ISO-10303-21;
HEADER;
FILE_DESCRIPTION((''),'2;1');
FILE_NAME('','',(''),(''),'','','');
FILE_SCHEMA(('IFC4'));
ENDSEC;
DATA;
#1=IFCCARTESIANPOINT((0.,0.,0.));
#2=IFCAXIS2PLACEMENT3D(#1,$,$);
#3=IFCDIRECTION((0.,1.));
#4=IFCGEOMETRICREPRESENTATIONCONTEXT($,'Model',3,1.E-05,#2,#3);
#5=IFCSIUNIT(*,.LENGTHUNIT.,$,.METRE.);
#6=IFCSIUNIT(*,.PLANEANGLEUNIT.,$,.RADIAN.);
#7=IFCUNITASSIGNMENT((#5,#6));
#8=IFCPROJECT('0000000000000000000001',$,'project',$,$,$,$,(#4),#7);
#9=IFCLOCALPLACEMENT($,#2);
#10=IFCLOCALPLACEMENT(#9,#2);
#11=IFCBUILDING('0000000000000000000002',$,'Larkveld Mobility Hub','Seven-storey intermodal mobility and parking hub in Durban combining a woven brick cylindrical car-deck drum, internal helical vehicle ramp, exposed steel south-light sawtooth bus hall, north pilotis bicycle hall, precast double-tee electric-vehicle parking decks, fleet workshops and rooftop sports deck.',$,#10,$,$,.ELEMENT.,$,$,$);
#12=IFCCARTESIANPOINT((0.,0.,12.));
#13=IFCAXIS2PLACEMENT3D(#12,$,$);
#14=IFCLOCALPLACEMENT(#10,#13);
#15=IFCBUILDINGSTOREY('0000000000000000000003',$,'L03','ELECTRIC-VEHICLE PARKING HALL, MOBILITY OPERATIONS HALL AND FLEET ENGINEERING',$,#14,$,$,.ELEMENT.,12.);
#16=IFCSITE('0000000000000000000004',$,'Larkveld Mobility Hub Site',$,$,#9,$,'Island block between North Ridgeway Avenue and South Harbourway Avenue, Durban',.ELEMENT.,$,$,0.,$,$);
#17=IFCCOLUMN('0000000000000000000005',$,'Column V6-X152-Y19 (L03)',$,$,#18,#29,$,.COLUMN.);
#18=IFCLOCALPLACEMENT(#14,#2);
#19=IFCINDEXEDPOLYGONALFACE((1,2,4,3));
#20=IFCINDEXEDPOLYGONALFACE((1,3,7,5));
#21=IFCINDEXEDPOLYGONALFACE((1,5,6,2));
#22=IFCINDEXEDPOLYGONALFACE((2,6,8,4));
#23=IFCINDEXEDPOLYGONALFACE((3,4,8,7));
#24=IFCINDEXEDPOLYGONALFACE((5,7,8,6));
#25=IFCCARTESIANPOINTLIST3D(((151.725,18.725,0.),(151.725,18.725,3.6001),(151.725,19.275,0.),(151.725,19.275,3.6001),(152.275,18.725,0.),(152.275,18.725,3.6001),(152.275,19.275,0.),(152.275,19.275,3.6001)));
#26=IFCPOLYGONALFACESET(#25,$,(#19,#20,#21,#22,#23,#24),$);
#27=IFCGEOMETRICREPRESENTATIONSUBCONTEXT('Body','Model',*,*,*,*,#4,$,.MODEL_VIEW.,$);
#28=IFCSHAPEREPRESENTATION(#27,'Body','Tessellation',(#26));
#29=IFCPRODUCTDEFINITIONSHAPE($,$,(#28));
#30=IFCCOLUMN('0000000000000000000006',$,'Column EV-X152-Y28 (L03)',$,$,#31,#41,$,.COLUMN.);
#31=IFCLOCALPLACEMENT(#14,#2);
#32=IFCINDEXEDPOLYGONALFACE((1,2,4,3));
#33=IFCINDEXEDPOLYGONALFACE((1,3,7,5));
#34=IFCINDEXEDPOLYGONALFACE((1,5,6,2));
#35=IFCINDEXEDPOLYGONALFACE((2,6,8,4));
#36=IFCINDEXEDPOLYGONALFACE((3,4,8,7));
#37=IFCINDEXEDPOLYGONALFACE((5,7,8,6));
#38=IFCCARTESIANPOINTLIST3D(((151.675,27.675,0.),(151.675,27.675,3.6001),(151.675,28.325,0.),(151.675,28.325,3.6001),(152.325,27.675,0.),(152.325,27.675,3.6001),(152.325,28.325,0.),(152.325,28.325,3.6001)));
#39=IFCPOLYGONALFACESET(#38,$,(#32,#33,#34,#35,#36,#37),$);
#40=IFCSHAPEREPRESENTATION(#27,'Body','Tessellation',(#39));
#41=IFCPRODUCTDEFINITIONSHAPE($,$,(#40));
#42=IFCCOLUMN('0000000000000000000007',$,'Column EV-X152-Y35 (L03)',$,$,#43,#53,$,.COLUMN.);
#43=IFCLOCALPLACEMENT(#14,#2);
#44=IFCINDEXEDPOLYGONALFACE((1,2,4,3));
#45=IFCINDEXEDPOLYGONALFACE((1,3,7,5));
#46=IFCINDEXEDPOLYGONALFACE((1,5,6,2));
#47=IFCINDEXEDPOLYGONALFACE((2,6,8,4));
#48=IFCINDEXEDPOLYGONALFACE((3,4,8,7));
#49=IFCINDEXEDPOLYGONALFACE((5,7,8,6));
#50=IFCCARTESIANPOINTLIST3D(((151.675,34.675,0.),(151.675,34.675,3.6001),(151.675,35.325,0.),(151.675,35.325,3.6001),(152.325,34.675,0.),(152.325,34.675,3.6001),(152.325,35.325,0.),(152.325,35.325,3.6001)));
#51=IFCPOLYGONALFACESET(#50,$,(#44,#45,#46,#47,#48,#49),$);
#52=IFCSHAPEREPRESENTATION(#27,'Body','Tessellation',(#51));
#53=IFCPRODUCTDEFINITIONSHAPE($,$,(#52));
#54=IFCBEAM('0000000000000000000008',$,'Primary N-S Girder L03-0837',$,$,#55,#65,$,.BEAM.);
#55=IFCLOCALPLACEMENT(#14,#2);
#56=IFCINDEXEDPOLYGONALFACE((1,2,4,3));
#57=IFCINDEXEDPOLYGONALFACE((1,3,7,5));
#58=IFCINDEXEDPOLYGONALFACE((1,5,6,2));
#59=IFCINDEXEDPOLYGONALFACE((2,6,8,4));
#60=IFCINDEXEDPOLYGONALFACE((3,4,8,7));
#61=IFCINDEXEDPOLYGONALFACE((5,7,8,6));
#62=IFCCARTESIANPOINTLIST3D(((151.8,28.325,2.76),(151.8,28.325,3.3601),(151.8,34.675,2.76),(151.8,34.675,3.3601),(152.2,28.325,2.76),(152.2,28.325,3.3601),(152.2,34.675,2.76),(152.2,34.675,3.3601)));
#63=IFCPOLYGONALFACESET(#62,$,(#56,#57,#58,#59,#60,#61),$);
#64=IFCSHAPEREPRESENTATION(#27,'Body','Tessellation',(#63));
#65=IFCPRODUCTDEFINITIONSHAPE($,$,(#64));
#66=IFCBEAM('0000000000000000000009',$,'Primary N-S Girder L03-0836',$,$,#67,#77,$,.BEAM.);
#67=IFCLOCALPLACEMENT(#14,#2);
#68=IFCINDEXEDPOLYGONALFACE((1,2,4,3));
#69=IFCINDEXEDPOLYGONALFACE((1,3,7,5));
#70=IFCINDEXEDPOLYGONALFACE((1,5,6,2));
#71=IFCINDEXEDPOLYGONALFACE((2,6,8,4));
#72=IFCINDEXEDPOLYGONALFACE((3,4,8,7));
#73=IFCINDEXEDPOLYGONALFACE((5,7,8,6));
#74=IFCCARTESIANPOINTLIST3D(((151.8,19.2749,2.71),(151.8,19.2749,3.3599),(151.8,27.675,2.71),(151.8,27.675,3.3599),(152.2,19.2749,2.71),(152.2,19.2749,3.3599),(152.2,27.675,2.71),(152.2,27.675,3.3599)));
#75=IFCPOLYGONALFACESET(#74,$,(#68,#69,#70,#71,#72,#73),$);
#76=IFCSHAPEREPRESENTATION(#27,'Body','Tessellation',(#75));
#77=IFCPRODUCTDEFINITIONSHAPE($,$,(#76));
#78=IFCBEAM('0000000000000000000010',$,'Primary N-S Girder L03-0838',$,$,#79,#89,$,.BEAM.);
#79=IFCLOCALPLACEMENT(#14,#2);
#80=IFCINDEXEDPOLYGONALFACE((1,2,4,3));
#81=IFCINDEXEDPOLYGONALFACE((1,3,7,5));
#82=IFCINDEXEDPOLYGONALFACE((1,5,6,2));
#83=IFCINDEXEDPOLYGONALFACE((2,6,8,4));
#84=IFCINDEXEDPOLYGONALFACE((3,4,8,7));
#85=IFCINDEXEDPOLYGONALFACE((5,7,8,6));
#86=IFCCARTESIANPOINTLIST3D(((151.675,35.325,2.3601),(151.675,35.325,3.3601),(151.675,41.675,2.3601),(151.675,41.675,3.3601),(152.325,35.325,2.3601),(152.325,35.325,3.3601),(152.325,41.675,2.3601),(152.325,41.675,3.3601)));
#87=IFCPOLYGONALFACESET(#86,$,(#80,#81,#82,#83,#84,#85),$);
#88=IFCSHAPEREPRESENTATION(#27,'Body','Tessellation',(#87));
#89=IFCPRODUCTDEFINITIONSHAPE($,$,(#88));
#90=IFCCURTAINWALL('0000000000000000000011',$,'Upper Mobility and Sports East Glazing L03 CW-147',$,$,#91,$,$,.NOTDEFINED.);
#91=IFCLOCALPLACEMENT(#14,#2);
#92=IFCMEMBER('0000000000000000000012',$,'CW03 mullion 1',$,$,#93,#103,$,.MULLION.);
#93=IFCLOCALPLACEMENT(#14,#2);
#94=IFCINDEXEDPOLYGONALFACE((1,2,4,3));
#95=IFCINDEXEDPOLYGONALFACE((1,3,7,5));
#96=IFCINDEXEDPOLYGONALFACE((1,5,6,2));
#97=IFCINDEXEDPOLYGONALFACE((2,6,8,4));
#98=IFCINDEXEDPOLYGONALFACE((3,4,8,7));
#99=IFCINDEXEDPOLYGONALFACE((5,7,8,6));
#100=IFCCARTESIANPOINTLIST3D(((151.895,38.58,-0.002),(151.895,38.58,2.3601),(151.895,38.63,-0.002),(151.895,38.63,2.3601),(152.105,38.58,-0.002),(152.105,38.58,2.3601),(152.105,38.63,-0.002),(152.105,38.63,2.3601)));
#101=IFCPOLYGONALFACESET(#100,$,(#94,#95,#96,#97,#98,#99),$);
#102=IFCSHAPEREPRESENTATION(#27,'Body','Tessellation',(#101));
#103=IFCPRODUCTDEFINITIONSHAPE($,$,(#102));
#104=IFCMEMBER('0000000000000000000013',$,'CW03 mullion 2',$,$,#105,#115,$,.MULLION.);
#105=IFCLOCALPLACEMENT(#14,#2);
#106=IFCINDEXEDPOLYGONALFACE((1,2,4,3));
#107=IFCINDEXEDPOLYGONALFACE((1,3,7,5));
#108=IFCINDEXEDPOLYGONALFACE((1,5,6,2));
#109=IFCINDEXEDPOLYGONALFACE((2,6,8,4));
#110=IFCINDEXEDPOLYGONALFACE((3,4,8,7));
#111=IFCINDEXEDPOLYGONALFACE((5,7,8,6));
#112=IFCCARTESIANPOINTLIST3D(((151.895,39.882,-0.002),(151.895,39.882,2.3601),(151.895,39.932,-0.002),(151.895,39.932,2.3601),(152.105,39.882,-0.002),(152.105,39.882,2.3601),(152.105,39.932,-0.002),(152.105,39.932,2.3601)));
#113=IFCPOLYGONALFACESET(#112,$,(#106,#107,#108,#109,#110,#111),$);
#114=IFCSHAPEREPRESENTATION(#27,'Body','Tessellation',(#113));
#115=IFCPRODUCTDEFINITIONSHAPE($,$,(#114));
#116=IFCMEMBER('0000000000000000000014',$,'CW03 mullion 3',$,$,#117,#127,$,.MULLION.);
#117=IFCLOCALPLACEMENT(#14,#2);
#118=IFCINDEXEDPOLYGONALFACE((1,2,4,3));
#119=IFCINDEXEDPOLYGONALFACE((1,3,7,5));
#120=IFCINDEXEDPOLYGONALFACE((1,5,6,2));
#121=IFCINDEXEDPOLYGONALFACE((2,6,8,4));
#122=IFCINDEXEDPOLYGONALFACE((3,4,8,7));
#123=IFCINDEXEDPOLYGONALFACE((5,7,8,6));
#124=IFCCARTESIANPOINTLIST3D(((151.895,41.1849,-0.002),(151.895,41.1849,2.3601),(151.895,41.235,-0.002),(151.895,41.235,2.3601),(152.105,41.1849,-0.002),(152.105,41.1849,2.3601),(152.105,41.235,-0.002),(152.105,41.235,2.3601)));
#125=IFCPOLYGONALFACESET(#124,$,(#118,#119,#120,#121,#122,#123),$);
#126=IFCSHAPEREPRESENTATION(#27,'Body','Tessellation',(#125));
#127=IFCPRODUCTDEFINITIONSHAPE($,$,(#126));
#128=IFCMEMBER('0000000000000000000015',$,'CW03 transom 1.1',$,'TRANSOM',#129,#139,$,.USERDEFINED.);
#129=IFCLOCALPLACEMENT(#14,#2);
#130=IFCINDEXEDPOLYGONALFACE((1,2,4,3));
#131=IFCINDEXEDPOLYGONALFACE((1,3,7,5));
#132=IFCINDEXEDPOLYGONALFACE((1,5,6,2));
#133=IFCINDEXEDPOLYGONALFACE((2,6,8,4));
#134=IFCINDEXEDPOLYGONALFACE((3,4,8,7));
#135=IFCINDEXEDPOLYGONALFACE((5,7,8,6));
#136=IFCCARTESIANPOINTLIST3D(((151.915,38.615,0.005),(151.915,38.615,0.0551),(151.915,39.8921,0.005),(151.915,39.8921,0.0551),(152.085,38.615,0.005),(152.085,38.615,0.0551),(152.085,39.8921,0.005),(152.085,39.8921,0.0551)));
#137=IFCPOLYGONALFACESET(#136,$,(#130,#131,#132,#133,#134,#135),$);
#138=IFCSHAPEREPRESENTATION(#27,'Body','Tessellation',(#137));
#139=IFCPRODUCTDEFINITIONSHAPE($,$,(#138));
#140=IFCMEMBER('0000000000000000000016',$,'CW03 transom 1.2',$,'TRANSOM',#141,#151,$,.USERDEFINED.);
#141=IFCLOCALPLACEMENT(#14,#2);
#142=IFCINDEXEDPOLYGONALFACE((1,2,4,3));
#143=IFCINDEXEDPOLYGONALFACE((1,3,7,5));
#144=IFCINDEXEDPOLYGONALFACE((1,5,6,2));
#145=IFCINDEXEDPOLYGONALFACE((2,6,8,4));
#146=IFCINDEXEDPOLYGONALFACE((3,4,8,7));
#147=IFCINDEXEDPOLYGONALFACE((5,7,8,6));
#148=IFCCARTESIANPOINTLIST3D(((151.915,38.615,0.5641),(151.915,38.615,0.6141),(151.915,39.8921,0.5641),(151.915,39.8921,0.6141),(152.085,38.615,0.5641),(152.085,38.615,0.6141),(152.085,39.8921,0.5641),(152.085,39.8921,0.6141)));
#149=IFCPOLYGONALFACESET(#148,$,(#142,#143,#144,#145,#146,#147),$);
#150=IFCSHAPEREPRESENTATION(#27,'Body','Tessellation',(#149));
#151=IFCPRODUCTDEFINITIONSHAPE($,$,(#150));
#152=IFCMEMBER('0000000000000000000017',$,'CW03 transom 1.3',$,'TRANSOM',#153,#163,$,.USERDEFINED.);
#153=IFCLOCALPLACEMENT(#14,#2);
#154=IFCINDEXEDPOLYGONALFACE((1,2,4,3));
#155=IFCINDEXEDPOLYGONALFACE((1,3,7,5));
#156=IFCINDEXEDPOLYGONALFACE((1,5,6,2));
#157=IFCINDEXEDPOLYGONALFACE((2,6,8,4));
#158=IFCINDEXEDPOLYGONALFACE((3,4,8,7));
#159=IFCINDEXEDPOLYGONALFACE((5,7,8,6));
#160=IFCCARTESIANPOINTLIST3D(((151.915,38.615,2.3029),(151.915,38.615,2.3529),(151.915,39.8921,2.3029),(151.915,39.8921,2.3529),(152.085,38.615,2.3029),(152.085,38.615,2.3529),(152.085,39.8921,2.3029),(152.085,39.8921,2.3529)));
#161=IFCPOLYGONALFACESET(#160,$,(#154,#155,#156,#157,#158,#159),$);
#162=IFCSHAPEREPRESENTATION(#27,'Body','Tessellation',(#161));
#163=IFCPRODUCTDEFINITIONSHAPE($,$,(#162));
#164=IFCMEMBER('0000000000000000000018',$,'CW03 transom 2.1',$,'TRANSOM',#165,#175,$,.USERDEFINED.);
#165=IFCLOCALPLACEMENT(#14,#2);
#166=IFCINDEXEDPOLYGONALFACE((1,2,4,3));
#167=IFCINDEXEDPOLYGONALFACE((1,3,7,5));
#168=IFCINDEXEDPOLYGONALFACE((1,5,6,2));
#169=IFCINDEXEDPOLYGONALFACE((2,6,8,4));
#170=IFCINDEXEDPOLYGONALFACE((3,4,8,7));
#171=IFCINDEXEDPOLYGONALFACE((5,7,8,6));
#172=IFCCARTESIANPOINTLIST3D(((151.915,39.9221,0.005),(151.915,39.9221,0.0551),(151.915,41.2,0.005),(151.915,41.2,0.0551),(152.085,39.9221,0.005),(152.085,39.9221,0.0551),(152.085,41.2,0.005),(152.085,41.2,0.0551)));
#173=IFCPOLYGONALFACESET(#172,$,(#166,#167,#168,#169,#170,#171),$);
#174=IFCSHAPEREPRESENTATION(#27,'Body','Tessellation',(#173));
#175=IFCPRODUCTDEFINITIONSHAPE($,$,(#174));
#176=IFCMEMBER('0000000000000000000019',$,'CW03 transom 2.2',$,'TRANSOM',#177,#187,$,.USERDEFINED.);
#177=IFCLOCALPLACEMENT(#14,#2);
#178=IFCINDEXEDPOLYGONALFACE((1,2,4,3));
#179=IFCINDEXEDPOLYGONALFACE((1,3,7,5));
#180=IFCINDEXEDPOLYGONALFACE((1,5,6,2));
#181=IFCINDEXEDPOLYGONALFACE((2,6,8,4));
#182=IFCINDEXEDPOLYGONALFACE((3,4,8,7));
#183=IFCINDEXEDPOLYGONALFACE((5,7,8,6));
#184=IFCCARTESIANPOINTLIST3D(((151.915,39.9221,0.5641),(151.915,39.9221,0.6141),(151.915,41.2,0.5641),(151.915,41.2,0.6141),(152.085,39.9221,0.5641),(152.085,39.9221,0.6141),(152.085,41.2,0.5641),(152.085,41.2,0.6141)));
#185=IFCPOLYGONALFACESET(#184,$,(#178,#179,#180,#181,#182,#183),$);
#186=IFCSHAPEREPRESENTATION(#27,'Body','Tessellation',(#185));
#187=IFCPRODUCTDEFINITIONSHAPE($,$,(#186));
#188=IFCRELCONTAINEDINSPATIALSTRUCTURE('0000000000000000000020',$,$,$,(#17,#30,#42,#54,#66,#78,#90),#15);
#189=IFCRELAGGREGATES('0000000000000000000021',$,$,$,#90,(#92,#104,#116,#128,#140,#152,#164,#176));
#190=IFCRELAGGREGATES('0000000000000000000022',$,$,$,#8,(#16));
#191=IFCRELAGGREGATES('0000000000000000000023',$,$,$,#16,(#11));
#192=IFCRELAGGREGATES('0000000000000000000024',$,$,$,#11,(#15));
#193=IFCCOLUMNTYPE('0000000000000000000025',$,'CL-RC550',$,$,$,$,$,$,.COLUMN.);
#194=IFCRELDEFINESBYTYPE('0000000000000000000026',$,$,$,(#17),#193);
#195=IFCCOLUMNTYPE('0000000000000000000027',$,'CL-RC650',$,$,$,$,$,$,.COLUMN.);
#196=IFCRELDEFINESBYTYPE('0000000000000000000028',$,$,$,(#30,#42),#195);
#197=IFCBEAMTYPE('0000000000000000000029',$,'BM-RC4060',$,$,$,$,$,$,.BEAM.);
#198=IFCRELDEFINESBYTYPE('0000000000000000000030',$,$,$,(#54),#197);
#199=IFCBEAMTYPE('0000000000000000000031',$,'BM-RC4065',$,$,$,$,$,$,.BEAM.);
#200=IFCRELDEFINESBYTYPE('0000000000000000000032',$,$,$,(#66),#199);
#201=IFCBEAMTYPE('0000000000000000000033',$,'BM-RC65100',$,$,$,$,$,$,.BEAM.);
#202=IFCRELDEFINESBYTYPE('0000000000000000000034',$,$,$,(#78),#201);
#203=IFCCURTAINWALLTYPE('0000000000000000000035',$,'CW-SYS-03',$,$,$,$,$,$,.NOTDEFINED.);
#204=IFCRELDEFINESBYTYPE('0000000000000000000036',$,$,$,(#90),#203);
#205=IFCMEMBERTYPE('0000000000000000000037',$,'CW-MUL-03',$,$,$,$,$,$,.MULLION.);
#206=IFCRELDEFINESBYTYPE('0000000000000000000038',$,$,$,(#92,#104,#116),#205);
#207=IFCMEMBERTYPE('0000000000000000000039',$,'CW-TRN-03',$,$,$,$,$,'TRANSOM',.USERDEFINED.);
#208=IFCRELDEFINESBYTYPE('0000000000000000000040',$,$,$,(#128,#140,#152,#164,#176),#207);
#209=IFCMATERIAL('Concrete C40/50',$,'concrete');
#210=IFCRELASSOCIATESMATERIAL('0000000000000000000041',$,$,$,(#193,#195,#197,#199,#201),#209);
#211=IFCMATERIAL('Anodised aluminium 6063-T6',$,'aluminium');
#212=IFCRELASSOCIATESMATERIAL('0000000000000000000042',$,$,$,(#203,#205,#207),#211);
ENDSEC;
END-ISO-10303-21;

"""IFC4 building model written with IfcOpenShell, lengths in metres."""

from ifc_helpers import new_model, si_unit, direction, frame, origin, origin_2d, place, context, subcontext, project, spatial, rectangle, extrude, material, material_profile, profile_set, type_object, element, aggregate, save


model = new_model("IFC4")

# Units and contexts
model_context = context("Model", 3, precision=1e-05, world=origin(), true_north=direction((0.0, 1.0)))
body_context = subcontext(model_context, "Body", "Model", "MODEL_VIEW")
ifc_project = project(units=[si_unit("LENGTHUNIT", "METRE"), si_unit("PLANEANGLEUNIT", "RADIAN")], contexts=[model_context])

# Site, building, storey
site_placement = place(None, origin())
site = spatial("IfcSite", under=ifc_project, at=site_placement, Name="Larkveld Mobility Hub Site", LongName="Island block between North Ridgeway Avenue and South Harbourway Avenue, Durban", CompositionType="ELEMENT", RefElevation=0.0)
building_placement = place(site_placement, origin())
building = spatial("IfcBuilding", under=site, at=building_placement, Name="Larkveld Mobility Hub", Description="Seven-storey intermodal mobility and parking hub in Durban combining a woven brick cylindrical car-deck drum, internal helical vehicle ramp, exposed steel south-light sawtooth bus hall, north pilotis bicycle hall, precast double-tee electric-vehicle parking decks, fleet workshops and rooftop sports deck.", CompositionType="ELEMENT")
storey_placement = place(building_placement, frame((0.0, 0.0, 12.0)))
storey = spatial("IfcBuildingStorey", under=building, at=storey_placement, Name="L03", Description="ELECTRIC-VEHICLE PARKING HALL, MOBILITY OPERATIONS HALL AND FLEET ENGINEERING", CompositionType="ELEMENT", Elevation=12.0)

# Columns
ifc_material_1 = material(Name="Concrete C40/50", Category="concrete")
ifc_material_profile_1 = material_profile(ifc_material_1, rectangle(XDim=0.55, YDim=0.55, at=origin_2d()), Name="RC COL 550x550")
ifc_profile_set_1 = profile_set([ifc_material_profile_1], Name="Concrete C40/50")
column_type_1 = type_object("IfcColumnType", Name="CL-RC550", PredefinedType="COLUMN", material=ifc_profile_set_1)
column_placement = place(storey_placement, frame((152.0, 19.0, 0.0), z_axis=(0.0, 0.0, 1.0), x_axis=(1.0, 0.0, 0.0)))
element("IfcColumn", 1, at=column_placement, inside=storey, type_object=column_type_1, Name="Column V6-X152-Y19 (L03)", PredefinedType="COLUMN", context=body_context, shape_type="SweptSolid", body=[
    extrude(rectangle(XDim=0.55, YDim=0.55, at=origin_2d()), origin(), (0.0, 0.0, 1.0), 3.6001),
])
ifc_material_profile_2 = material_profile(ifc_material_1, rectangle(XDim=0.6499, YDim=0.6499, at=origin_2d()), Name="RC COL 650x650")
ifc_profile_set_2 = profile_set([ifc_material_profile_2], Name="Concrete C40/50")
column_type_2 = type_object("IfcColumnType", Name="CL-RC650", PredefinedType="COLUMN", material=ifc_profile_set_2)
for number, where, z_axis, x_axis, name in (
    (2, (152.0, 28.0, 0.0), (0.0, 0.0, 1.0), (1.0, 0.0, 0.0), "Column EV-X152-Y28 (L03)"),
    (3, (152.0, 35.0, 0.0), (0.0, 0.0, 1.0), (1.0, 0.0, 0.0), "Column EV-X152-Y35 (L03)"),
):
    element("IfcColumn", number, at=place(storey_placement, frame(where, z_axis=z_axis, x_axis=x_axis)), inside=storey, type_object=column_type_2, Name=name, PredefinedType="COLUMN", context=body_context, shape_type="SweptSolid", body=[
        extrude(rectangle(XDim=0.6499, YDim=0.6499, at=origin_2d()), origin(), (0.0, 0.0, 1.0), 3.6001),
    ])

# Beams
ifc_material_profile_3 = material_profile(ifc_material_1, rectangle(XDim=0.3999, YDim=0.6001, at=origin_2d()), Name="RC BM 400x600")
ifc_profile_set_3 = profile_set([ifc_material_profile_3], Name="Concrete C40/50")
beam_type_1 = type_object("IfcBeamType", Name="BM-RC4060", PredefinedType="BEAM", material=ifc_profile_set_3)
beam_1_placement = place(storey_placement, frame((152.0, 28.325, 3.0601), z_axis=(0.0, 1.0, 0.0), x_axis=(-1.0, 0.0, 0.0)))
element("IfcBeam", 4, at=beam_1_placement, inside=storey, type_object=beam_type_1, Name="Primary N-S Girder L03-0837", PredefinedType="BEAM", context=body_context, shape_type="SweptSolid", body=[
    extrude(rectangle(XDim=0.3999, YDim=0.6001, at=origin_2d()), origin(), (0.0, 0.0, 1.0), 6.3501),
])
ifc_material_profile_4 = material_profile(ifc_material_1, rectangle(XDim=0.3999, YDim=0.6499, at=origin_2d()), Name="RC BM 400x650")
ifc_profile_set_4 = profile_set([ifc_material_profile_4], Name="Concrete C40/50")
beam_type_2 = type_object("IfcBeamType", Name="BM-RC4065", PredefinedType="BEAM", material=ifc_profile_set_4)
beam_2_placement = place(storey_placement, frame((152.0, 19.2749, 3.0349), z_axis=(0.0, 1.0, 0.0), x_axis=(-1.0, 0.0, 0.0)))
element("IfcBeam", 5, at=beam_2_placement, inside=storey, type_object=beam_type_2, Name="Primary N-S Girder L03-0836", PredefinedType="BEAM", context=body_context, shape_type="SweptSolid", body=[
    extrude(rectangle(XDim=0.3999, YDim=0.6499, at=origin_2d()), origin(), (0.0, 0.0, 1.0), 8.4001),
])
ifc_material_profile_5 = material_profile(ifc_material_1, rectangle(XDim=0.6499, YDim=1.0, at=origin_2d()), Name="RC BM 650x1000")
ifc_profile_set_5 = profile_set([ifc_material_profile_5], Name="Concrete C40/50")
beam_type_3 = type_object("IfcBeamType", Name="BM-RC65100", PredefinedType="BEAM", material=ifc_profile_set_5)
beam_3_placement = place(storey_placement, frame((152.0, 35.325, 2.8601), z_axis=(0.0, 1.0, 0.0), x_axis=(-1.0, 0.0, 0.0)))
element("IfcBeam", 6, at=beam_3_placement, inside=storey, type_object=beam_type_3, Name="Primary N-S Girder L03-0838", PredefinedType="BEAM", context=body_context, shape_type="SweptSolid", body=[
    extrude(rectangle(XDim=0.6499, YDim=1.0, at=origin_2d()), origin(), (0.0, 0.0, 1.0), 6.3501),
])

# Curtain wall, members
ifc_material_2 = material(Name="Anodised aluminium 6063-T6", Category="aluminium")
curtain_wall_type = type_object("IfcCurtainWallType", Name="CW-SYS-03", PredefinedType="NOTDEFINED", material=ifc_material_2)
curtain_wall_placement = place(storey_placement, origin())
curtain_wall = element("IfcCurtainWall", 7, at=curtain_wall_placement, inside=storey, type_object=curtain_wall_type, Name="Upper Mobility and Sports East Glazing L03 CW-147", PredefinedType="NOTDEFINED")
ifc_material_profile_6 = material_profile(ifc_material_2, rectangle(XDim=0.05, YDim=0.21, at=origin_2d()), Name="ALU MULL 50x210")
ifc_profile_set_6 = profile_set([ifc_material_profile_6], Name="Anodised aluminium 6063-T6")
member_type_1 = type_object("IfcMemberType", Name="CW-MUL-03", PredefinedType="MULLION", material=ifc_profile_set_6)
member_1_placement = place(storey_placement, frame((152.0, 38.605, -0.002), z_axis=(0.0, 0.0, 1.0), x_axis=(0.0, 1.0, 0.0)))
member_1 = element("IfcMember", 8, at=member_1_placement, type_object=member_type_1, Name="CW03 mullion 1", PredefinedType="MULLION", context=body_context, shape_type="SweptSolid", body=[
    extrude(rectangle(XDim=0.05, YDim=0.21, at=origin_2d()), origin(), (0.0, 0.0, 1.0), 2.3621),
])
member_2_placement = place(storey_placement, frame((152.0, 39.907, -0.002), z_axis=(0.0, 0.0, 1.0), x_axis=(0.0, 1.0, 0.0)))
member_2 = element("IfcMember", 9, at=member_2_placement, type_object=member_type_1, Name="CW03 mullion 2", PredefinedType="MULLION", context=body_context, shape_type="SweptSolid", body=[
    extrude(rectangle(XDim=0.05, YDim=0.21, at=origin_2d()), origin(), (0.0, 0.0, 1.0), 2.3621),
])
member_3_placement = place(storey_placement, frame((152.0, 41.21, -0.002), z_axis=(0.0, 0.0, 1.0), x_axis=(0.0, 1.0, 0.0)))
member_3 = element("IfcMember", 10, at=member_3_placement, type_object=member_type_1, Name="CW03 mullion 3", PredefinedType="MULLION", context=body_context, shape_type="SweptSolid", body=[
    extrude(rectangle(XDim=0.05, YDim=0.21, at=origin_2d()), origin(), (0.0, 0.0, 1.0), 2.3621),
])
ifc_material_profile_7 = material_profile(ifc_material_2, rectangle(XDim=0.1699, YDim=0.05, at=origin_2d()), Name="ALU TRAN 50x170")
ifc_profile_set_7 = profile_set([ifc_material_profile_7], Name="Anodised aluminium 6063-T6")
member_type_2 = type_object("IfcMemberType", Name="CW-TRN-03", ElementType="TRANSOM", PredefinedType="USERDEFINED", material=ifc_profile_set_7)
member_4_placement = place(storey_placement, frame((152.0, 38.615, 0.03), z_axis=(0.0, 1.0, 0.0), x_axis=(-1.0, 0.0, 0.0)))
member_4 = element("IfcMember", 11, at=member_4_placement, type_object=member_type_2, Name="CW03 transom 1.1", ObjectType="TRANSOM", PredefinedType="USERDEFINED", context=body_context, shape_type="SweptSolid", body=[
    extrude(rectangle(XDim=0.1699, YDim=0.05, at=origin_2d()), origin(), (0.0, 0.0, 1.0), 1.2771),
])
member_5_placement = place(storey_placement, frame((152.0, 38.615, 0.5891), z_axis=(0.0, 1.0, 0.0), x_axis=(-1.0, 0.0, 0.0)))
member_5 = element("IfcMember", 12, at=member_5_placement, type_object=member_type_2, Name="CW03 transom 1.2", ObjectType="TRANSOM", PredefinedType="USERDEFINED", context=body_context, shape_type="SweptSolid", body=[
    extrude(rectangle(XDim=0.1699, YDim=0.05, at=origin_2d()), origin(), (0.0, 0.0, 1.0), 1.2771),
])
member_6_placement = place(storey_placement, frame((152.0, 38.615, 2.3279), z_axis=(0.0, 1.0, 0.0), x_axis=(-1.0, 0.0, 0.0)))
member_6 = element("IfcMember", 13, at=member_6_placement, type_object=member_type_2, Name="CW03 transom 1.3", ObjectType="TRANSOM", PredefinedType="USERDEFINED", context=body_context, shape_type="SweptSolid", body=[
    extrude(rectangle(XDim=0.1699, YDim=0.05, at=origin_2d()), origin(), (0.0, 0.0, 1.0), 1.2771),
])
member_7_placement = place(storey_placement, frame((152.0, 39.9221, 0.03), z_axis=(0.0, 1.0, 0.0), x_axis=(-1.0, 0.0, 0.0)))
member_7 = element("IfcMember", 14, at=member_7_placement, type_object=member_type_2, Name="CW03 transom 2.1", ObjectType="TRANSOM", PredefinedType="USERDEFINED", context=body_context, shape_type="SweptSolid", body=[
    extrude(rectangle(XDim=0.1699, YDim=0.05, at=origin_2d()), origin(), (0.0, 0.0, 1.0), 1.2778),
])
member_8_placement = place(storey_placement, frame((152.0, 39.9221, 0.5891), z_axis=(0.0, 1.0, 0.0), x_axis=(-1.0, 0.0, 0.0)))
member_8 = element("IfcMember", 15, at=member_8_placement, type_object=member_type_2, Name="CW03 transom 2.2", ObjectType="TRANSOM", PredefinedType="USERDEFINED", context=body_context, shape_type="SweptSolid", body=[
    extrude(rectangle(XDim=0.1699, YDim=0.05, at=origin_2d()), origin(), (0.0, 0.0, 1.0), 1.2778),
])
aggregate(curtain_wall, [member_1, member_2, member_3, member_4, member_5, member_6, member_7, member_8])

save(model, "model.ifc")
